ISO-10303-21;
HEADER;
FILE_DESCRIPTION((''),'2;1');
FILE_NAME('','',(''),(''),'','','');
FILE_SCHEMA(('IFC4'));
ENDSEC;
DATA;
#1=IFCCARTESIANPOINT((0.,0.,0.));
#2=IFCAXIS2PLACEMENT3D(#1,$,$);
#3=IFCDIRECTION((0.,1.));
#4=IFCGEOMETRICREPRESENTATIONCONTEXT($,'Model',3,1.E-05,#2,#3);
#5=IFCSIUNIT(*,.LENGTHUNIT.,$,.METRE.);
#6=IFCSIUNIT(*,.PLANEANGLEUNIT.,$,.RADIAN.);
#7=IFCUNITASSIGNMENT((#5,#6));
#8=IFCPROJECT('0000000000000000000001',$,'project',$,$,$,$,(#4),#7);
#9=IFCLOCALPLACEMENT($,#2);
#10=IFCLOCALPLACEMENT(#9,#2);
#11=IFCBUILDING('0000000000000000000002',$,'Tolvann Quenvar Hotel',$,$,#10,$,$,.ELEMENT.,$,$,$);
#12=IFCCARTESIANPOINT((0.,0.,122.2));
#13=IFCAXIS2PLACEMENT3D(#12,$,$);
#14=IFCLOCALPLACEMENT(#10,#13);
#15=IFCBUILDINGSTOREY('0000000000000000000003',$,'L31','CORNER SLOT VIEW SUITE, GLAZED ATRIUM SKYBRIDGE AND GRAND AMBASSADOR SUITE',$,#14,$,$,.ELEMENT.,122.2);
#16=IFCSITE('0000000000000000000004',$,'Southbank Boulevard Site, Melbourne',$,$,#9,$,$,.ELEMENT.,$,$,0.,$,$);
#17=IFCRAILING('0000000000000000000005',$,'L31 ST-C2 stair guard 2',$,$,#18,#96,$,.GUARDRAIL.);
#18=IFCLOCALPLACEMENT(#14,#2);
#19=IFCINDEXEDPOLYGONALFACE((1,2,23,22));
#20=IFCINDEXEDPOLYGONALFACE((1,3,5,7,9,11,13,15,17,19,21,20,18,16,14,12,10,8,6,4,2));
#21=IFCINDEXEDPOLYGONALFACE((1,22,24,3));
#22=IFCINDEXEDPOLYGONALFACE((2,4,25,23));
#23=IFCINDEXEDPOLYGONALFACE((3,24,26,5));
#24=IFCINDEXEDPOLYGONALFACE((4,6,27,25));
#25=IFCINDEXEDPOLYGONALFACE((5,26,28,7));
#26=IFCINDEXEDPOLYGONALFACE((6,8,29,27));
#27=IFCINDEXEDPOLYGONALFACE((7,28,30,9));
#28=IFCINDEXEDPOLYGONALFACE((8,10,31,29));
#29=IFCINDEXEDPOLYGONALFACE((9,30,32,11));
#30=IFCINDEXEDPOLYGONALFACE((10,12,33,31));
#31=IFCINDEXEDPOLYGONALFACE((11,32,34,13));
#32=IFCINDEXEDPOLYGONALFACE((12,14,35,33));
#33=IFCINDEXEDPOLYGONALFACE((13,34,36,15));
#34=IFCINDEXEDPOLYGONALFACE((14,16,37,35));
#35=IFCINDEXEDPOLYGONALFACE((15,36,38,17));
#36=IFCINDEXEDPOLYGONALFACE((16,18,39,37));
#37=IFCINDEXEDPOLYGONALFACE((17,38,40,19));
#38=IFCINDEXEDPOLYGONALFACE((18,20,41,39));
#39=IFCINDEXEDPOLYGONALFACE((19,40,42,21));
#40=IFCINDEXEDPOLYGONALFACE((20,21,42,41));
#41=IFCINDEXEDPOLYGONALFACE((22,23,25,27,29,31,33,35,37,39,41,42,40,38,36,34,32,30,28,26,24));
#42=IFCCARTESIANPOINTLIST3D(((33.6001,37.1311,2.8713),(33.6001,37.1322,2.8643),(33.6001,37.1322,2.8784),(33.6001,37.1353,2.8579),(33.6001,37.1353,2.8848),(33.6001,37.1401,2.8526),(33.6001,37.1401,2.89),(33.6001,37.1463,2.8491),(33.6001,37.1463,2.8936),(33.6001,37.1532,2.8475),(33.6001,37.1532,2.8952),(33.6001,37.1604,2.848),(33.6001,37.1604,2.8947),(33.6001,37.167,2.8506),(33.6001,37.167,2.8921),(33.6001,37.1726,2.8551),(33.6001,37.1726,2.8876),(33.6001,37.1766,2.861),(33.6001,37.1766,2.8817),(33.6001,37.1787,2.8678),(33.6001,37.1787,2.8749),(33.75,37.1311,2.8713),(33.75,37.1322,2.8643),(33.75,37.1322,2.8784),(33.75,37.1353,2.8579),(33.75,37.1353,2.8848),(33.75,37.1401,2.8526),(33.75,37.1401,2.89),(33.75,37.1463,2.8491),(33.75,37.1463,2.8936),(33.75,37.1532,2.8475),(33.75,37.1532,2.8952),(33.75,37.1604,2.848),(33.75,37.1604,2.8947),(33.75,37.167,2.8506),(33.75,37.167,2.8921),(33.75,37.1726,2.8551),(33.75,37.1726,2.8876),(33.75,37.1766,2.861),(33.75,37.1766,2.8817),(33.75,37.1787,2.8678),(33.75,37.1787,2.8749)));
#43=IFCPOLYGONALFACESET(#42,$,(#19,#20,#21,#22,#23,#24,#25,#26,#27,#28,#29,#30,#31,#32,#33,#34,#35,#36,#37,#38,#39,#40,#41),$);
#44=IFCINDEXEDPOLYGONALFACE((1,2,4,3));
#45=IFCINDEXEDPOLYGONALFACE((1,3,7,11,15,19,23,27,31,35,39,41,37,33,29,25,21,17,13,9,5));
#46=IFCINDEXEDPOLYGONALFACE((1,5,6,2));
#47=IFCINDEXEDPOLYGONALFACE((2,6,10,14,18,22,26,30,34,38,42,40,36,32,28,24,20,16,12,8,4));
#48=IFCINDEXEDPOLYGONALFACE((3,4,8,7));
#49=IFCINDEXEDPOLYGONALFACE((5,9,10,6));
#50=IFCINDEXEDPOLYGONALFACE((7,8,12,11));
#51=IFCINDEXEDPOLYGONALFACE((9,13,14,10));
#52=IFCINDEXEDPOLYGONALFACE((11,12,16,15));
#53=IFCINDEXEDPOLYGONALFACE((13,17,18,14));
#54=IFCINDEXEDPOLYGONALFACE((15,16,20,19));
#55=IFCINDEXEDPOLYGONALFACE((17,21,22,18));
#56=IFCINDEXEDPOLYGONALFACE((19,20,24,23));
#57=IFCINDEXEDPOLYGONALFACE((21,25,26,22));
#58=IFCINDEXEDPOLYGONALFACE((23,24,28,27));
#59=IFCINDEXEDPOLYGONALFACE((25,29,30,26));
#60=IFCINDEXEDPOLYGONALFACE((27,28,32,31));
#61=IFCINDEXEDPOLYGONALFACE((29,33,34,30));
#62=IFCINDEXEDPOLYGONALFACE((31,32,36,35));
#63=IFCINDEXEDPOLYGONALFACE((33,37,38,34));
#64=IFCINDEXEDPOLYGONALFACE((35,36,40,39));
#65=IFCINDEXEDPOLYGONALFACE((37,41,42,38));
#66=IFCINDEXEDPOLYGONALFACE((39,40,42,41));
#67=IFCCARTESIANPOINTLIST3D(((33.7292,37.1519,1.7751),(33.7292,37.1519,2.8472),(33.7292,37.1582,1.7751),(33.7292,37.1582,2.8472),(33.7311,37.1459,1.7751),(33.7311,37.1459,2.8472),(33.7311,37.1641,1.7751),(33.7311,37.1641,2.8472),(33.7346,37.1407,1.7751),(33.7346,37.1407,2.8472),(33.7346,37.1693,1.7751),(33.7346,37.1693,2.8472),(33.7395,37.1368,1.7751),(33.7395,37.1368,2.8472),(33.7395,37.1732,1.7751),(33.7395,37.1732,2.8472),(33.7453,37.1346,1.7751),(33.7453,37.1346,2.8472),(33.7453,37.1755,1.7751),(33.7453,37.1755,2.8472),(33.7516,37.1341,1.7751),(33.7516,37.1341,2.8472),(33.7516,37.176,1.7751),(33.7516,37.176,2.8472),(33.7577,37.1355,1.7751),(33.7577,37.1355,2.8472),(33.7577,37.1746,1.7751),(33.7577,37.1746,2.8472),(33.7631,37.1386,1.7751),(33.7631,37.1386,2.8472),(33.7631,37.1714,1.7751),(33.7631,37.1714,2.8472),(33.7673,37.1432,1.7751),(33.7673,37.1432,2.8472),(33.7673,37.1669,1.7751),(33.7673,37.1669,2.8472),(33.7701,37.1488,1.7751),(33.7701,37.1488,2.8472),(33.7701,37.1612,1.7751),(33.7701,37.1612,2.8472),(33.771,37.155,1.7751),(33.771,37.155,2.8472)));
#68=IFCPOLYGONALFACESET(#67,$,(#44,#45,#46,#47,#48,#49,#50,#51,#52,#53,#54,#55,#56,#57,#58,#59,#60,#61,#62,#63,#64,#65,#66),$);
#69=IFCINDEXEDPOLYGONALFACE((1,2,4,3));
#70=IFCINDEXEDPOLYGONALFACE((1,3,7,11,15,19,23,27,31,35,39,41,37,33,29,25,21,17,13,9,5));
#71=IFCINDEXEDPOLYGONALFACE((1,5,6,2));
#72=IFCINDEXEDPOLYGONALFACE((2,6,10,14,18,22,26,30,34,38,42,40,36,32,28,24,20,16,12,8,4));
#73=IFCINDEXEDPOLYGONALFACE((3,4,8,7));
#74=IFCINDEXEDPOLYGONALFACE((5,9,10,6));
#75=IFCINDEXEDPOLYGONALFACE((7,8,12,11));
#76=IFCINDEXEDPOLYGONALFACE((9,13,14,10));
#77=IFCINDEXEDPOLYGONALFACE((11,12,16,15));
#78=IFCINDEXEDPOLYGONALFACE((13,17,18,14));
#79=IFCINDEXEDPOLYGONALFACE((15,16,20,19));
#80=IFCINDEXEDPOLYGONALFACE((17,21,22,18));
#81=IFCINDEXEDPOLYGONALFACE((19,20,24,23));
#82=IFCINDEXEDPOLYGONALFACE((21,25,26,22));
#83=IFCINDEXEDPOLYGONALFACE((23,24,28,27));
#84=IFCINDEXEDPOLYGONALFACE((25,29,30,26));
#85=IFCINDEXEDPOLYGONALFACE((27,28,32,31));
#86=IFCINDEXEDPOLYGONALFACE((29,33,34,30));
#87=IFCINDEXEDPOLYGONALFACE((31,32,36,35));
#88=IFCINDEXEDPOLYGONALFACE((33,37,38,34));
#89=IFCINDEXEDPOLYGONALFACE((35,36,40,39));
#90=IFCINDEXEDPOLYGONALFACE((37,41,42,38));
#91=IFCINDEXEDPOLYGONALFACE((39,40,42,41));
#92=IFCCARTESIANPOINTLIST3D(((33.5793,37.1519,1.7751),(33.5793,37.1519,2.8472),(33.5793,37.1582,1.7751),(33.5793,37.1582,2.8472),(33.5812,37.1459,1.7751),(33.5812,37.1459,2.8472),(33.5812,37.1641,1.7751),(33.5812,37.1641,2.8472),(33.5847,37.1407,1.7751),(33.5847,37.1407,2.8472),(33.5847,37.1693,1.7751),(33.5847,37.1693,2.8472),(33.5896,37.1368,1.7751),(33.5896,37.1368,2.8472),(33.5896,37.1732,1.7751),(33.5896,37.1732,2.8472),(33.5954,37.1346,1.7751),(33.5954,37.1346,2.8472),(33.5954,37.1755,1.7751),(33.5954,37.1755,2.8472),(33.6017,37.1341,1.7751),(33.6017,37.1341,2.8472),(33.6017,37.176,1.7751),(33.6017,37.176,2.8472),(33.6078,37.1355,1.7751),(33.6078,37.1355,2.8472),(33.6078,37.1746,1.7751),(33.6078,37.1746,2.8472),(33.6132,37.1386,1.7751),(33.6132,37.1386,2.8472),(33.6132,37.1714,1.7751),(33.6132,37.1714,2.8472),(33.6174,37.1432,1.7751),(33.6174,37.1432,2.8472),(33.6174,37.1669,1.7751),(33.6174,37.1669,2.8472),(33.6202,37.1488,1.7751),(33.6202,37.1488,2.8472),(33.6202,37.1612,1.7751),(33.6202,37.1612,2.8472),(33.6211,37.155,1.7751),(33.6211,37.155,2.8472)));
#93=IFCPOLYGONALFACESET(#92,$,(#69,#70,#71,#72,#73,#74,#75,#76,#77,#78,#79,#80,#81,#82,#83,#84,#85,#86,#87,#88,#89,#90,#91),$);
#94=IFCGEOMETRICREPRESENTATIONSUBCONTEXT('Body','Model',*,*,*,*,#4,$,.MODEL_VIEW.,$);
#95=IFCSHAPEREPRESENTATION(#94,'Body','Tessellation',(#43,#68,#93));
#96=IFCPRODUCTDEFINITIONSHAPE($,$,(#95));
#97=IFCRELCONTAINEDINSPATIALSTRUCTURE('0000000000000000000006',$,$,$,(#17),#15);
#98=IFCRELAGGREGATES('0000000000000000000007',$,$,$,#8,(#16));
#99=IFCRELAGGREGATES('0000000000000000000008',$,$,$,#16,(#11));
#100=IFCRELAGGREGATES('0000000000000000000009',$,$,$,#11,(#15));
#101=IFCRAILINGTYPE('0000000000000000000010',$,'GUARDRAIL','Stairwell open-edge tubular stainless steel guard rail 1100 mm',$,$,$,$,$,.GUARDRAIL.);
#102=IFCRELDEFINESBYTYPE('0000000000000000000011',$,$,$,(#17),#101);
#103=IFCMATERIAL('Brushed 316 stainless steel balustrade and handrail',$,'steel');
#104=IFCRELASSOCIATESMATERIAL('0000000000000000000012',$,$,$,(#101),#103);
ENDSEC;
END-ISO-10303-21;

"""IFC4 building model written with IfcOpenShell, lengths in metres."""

from ifc_helpers import new_model, si_unit, direction, frame, origin, origin_2d, place, context, subcontext, project, spatial, circle, extrude, material, type_object, element, save


model = new_model("IFC4")

# Units and contexts
model_context = context("Model", 3, precision=1e-05, world=origin(), true_north=direction((0.0, 1.0)))
body_context = subcontext(model_context, "Body", "Model", "MODEL_VIEW")
ifc_project = project(units=[si_unit("LENGTHUNIT", "METRE"), si_unit("PLANEANGLEUNIT", "RADIAN")], contexts=[model_context])

# Site, building, storey
site_placement = place(None, origin())
site = spatial("IfcSite", under=ifc_project, at=site_placement, Name="Southbank Boulevard Site, Melbourne", CompositionType="ELEMENT", RefElevation=0.0)
building_placement = place(site_placement, origin())
building = spatial("IfcBuilding", under=site, at=building_placement, Name="Tolvann Quenvar Hotel", CompositionType="ELEMENT")
storey_placement = place(building_placement, frame((0.0, 0.0, 122.2)))
storey = spatial("IfcBuildingStorey", under=building, at=storey_placement, Name="L31", Description="CORNER SLOT VIEW SUITE, GLAZED ATRIUM SKYBRIDGE AND GRAND AMBASSADOR SUITE", CompositionType="ELEMENT", Elevation=122.2)

# Railing
ifc_material_1 = material(Name="Brushed 316 stainless steel balustrade and handrail", Category="steel")
railing_type_1 = type_object("IfcRailingType", Name="GUARDRAIL", Description="Stairwell open-edge tubular stainless steel guard rail 1100 mm", PredefinedType="GUARDRAIL", material=ifc_material_1)
railing_1_placement = place(storey_placement, frame((33.75, 37.155, 1.7751)))
element("IfcRailing", 1, at=railing_1_placement, inside=storey, type_object=railing_type_1, Name="L31 ST-C2 stair guard 2", PredefinedType="GUARDRAIL", context=body_context, shape_type="SweptSolid", body=[
    extrude(circle(Radius=0.0239, at=origin_2d()), frame((0.0, 0.0, 1.0962), z_axis=(-1.0, 0.0, 0.0), x_axis=(0.0, -1.0, 0.0)), (0.0, 0.0, 1.0), 0.1499),
    extrude(circle(Radius=0.021, at=origin_2d()), origin(), (0.0, 0.0, 1.0), 1.072),
    extrude(circle(Radius=0.021, at=origin_2d()), frame((-0.1499, 0.0, 0.0)), (0.0, 0.0, 1.0), 1.072),
])

save(model, "model.ifc")
